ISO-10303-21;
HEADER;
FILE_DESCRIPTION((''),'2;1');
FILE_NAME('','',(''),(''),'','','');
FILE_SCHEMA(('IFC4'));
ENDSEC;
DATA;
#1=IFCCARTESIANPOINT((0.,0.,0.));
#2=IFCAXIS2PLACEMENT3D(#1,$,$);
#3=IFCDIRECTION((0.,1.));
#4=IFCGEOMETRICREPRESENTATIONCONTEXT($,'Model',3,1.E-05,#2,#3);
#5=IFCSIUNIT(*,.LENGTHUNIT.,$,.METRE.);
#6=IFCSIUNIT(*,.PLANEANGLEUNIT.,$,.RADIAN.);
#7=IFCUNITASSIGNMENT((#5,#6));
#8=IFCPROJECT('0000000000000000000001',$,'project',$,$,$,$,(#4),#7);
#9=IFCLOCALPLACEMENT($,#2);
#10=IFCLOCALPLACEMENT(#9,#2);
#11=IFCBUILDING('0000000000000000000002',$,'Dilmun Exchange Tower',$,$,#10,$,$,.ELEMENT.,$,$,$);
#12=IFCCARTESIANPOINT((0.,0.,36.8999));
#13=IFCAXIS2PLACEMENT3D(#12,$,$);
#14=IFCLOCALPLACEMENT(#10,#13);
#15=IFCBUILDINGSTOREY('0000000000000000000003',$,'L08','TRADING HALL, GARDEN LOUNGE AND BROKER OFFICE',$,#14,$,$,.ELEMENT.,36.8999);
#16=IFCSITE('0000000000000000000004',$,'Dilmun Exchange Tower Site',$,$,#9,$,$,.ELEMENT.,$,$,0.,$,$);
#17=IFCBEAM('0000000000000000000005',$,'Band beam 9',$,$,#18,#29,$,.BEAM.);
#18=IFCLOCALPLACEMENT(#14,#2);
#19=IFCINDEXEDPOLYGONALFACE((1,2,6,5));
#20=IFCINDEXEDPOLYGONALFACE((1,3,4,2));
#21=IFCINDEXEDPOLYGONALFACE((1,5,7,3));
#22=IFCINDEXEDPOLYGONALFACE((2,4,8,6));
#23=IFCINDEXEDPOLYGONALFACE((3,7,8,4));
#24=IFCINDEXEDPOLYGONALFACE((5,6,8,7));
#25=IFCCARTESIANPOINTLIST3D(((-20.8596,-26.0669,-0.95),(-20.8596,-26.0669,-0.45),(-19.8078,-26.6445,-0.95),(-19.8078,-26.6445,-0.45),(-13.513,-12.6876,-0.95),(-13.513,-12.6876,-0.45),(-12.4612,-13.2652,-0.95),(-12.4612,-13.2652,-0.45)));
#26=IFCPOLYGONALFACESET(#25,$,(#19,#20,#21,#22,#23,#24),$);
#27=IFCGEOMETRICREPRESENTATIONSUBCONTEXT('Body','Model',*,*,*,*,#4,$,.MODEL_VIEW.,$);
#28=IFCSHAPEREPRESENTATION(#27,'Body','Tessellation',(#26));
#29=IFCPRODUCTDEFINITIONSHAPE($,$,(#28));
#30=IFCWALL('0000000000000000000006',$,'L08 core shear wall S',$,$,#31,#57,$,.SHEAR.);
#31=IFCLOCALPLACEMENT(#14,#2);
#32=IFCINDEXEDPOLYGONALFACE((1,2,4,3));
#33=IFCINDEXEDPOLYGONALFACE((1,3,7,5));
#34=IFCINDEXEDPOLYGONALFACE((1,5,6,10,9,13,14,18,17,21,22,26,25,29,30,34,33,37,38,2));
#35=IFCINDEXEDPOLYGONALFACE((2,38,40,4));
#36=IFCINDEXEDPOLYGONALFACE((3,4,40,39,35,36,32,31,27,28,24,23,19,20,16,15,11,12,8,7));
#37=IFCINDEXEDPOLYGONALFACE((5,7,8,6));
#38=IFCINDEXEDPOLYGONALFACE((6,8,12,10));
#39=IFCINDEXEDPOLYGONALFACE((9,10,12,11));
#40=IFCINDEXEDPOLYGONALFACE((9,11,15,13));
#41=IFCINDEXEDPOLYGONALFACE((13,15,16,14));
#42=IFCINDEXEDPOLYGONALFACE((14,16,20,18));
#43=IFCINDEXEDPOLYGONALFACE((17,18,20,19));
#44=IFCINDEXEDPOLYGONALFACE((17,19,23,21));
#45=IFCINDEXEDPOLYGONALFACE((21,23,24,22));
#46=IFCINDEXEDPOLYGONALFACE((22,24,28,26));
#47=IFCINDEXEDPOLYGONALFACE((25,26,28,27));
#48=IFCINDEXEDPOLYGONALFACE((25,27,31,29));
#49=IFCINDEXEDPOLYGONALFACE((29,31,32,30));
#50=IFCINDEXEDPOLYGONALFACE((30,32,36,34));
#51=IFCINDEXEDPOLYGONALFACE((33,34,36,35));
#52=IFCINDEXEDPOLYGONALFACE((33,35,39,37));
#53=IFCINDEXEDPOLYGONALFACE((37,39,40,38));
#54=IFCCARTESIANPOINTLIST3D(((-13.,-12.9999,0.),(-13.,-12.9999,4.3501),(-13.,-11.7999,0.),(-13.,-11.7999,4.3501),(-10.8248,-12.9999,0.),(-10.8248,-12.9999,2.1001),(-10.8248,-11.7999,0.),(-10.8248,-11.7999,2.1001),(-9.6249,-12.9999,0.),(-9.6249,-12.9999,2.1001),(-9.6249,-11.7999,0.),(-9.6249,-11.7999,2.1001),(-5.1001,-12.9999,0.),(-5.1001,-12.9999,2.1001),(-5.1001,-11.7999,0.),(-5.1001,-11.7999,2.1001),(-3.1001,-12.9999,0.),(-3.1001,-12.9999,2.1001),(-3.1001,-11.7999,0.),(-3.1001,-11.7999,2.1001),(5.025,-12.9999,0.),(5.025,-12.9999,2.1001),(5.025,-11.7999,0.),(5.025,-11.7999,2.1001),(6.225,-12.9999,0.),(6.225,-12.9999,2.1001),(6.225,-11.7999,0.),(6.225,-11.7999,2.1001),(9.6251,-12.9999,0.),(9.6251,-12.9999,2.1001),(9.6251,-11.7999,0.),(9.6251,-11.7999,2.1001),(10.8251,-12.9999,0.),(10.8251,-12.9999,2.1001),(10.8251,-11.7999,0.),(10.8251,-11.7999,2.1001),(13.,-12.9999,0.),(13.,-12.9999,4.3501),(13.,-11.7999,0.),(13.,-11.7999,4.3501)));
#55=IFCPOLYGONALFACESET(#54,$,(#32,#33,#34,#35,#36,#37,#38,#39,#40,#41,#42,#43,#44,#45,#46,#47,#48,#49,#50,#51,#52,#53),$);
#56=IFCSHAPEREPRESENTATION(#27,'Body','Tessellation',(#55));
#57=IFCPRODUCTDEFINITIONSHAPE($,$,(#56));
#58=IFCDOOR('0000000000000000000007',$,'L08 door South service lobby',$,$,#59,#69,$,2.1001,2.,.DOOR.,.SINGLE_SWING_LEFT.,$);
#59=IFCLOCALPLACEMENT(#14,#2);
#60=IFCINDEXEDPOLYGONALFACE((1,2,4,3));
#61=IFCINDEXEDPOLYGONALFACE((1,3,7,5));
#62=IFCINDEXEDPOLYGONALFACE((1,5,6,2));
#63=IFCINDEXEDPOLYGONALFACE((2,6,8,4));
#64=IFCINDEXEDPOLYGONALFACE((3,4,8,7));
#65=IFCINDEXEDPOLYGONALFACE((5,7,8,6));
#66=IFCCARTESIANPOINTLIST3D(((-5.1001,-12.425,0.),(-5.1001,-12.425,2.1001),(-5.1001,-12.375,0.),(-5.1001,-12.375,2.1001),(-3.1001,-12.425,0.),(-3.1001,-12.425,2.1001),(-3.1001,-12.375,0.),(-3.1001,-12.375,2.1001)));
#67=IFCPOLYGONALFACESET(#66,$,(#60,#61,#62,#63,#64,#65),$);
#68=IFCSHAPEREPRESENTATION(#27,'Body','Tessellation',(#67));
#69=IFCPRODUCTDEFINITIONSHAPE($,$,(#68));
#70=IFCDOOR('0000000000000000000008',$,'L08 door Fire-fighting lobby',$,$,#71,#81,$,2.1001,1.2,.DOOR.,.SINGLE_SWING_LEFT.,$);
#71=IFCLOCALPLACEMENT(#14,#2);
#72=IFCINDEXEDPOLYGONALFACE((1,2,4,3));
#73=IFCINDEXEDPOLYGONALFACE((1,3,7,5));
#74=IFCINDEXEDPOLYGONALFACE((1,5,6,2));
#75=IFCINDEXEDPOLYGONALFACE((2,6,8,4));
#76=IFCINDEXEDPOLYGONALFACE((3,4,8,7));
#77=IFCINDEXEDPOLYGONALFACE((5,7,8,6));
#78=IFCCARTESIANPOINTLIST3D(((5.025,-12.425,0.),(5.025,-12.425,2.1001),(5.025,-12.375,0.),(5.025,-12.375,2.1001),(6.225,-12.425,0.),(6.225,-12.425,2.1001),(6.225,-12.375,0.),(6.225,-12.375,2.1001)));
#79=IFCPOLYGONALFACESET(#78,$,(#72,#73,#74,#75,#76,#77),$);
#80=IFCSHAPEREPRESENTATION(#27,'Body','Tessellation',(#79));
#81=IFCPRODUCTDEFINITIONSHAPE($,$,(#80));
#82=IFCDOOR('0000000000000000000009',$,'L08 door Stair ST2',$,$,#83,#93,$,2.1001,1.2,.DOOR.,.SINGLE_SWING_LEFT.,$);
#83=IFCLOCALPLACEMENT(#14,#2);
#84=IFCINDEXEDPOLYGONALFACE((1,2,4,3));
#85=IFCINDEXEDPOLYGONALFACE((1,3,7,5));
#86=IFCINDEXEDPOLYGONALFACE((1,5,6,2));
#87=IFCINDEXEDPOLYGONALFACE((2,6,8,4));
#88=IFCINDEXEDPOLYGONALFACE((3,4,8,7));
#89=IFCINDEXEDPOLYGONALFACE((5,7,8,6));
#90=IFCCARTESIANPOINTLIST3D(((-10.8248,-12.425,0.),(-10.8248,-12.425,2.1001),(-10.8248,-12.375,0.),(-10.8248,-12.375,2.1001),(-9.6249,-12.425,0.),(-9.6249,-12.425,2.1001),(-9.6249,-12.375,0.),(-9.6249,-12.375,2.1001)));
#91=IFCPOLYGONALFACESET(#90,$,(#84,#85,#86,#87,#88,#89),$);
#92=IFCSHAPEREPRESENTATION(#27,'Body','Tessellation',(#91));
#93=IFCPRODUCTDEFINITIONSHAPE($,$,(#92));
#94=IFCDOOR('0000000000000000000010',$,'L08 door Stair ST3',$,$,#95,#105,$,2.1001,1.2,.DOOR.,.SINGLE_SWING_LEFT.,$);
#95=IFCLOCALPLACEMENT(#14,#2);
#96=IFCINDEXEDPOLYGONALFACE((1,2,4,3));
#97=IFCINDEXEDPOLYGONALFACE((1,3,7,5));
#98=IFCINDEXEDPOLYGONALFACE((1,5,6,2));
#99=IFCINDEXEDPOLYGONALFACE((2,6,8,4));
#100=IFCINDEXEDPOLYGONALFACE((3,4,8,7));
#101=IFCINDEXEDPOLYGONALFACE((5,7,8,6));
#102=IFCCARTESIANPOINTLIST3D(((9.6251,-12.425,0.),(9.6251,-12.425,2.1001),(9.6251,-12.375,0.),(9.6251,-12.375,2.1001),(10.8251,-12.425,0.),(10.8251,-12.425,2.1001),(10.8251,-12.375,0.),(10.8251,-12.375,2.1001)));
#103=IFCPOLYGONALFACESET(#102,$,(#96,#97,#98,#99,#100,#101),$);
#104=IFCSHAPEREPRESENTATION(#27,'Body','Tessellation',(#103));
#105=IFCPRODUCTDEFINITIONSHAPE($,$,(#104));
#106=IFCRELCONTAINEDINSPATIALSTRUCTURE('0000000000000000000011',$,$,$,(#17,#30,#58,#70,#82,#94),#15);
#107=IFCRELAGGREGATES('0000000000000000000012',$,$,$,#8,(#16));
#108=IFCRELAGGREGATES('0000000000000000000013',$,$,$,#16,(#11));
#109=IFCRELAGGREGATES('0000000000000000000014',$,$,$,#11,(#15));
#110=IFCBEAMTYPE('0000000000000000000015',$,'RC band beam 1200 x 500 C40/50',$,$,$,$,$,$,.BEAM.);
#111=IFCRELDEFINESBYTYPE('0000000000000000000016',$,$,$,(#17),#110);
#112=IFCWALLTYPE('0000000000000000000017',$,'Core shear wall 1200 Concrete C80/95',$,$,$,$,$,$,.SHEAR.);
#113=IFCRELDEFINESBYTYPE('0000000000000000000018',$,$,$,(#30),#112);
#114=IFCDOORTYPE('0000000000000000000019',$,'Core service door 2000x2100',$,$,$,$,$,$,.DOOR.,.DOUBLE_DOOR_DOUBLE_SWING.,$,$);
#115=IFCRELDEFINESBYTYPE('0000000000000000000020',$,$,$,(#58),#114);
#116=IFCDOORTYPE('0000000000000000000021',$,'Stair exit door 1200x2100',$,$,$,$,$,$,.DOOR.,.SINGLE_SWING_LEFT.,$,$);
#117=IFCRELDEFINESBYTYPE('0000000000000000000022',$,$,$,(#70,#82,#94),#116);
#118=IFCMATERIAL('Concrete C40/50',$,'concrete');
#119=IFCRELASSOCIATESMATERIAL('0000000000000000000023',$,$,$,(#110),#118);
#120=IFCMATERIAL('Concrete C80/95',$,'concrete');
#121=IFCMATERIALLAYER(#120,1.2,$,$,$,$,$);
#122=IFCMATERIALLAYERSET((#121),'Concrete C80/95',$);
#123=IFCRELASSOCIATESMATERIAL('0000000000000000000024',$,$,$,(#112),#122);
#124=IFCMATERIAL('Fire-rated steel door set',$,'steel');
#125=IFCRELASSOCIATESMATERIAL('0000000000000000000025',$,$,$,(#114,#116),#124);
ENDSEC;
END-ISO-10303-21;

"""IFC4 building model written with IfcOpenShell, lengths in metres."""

from ifc_helpers import new_model, si_unit, direction, frame, frame_2d, origin, origin_2d, place, context, subcontext, project, spatial, rectangle, extrude, material, layer, layer_set, material_profile, profile_set, type_object, element, fill, save


model = new_model("IFC4")

# Units and contexts
model_context = context("Model", 3, precision=1e-05, world=origin(), true_north=direction((0.0, 1.0)))
body_context = subcontext(model_context, "Body", "Model", "MODEL_VIEW")
ifc_project = project(units=[si_unit("LENGTHUNIT", "METRE"), si_unit("PLANEANGLEUNIT", "RADIAN")], contexts=[model_context])

# Site, building, storey
site_placement = place(None, origin())
site = spatial("IfcSite", under=ifc_project, at=site_placement, Name="Dilmun Exchange Tower Site", CompositionType="ELEMENT", RefElevation=0.0)
building_placement = place(site_placement, origin())
building = spatial("IfcBuilding", under=site, at=building_placement, Name="Dilmun Exchange Tower", CompositionType="ELEMENT")
storey_placement = place(building_placement, frame((0.0, 0.0, 36.8999)))
storey = spatial("IfcBuildingStorey", under=building, at=storey_placement, Name="L08", Description="TRADING HALL, GARDEN LOUNGE AND BROKER OFFICE", CompositionType="ELEMENT", Elevation=36.8999)

# Beam
ifc_material_1 = material(Name="Concrete C40/50", Category="concrete")
ifc_material_profile = material_profile(ifc_material_1, rectangle(XDim=1.2, YDim=0.5, at=origin_2d()), Name="1200 x 500")
ifc_profile_set = profile_set([ifc_material_profile], Name="Concrete C40/50")
beam_type = type_object("IfcBeamType", Name="RC band beam 1200 x 500 C40/50", PredefinedType="BEAM", material=ifc_profile_set)
beam_placement = place(storey_placement, frame((-20.3337, -26.3557, -0.7), z_axis=(0.481316, 0.876547, 0.0), x_axis=(-0.876547, 0.481316, 0.0)))
element("IfcBeam", 1, at=beam_placement, inside=storey, type_object=beam_type, Name="Band beam 9", PredefinedType="BEAM", context=body_context, shape_type="SweptSolid", body=[
    extrude(rectangle(XDim=1.2, YDim=0.5, at=origin_2d()), origin(), (0.0, 0.0, 1.0), 15.2637),
])

# Wall, openings, doors
ifc_material_2 = material(Name="Concrete C80/95", Category="concrete")
ifc_layer_1 = layer(ifc_material_2, 1.2)
ifc_layer_set_1 = layer_set([ifc_layer_1], Name="Concrete C80/95")
wall_type_1 = type_object("IfcWallType", Name="Core shear wall 1200 Concrete C80/95", PredefinedType="SHEAR", material=ifc_layer_set_1)
wall_1_placement = place(storey_placement, frame((-13.0, -12.3999, 0.0), z_axis=(0.0, 0.0, 1.0), x_axis=(1.0, 0.0, 0.0)))
wall_1 = element("IfcWall", 2, at=wall_1_placement, inside=storey, type_object=wall_type_1, Name="L08 core shear wall S", PredefinedType="SHEAR", context=body_context, shape_type="SweptSolid", body=[
    extrude(rectangle(XDim=26.0, YDim=1.2, at=frame_2d((13.0, 0.0))), origin(), (0.0, 0.0, 1.0), 4.3501),
])
opening_1_placement = place(wall_1_placement, frame((7.8999, 0.0, 0.0)))
opening_1 = element("IfcOpeningElement", 3, at=opening_1_placement, cuts=wall_1, PredefinedType="OPENING", context=body_context, shape_type="SweptSolid", body=[
    extrude(rectangle(XDim=2.0, YDim=2.1001, at=frame_2d((1.0, 1.05))), frame((0.0, 0.6099, 0.0), z_axis=(0.0, -1.0, 0.0), x_axis=(1.0, 0.0, 0.0)), (0.0, 0.0, 1.0), 1.22),
])
opening_2_placement = place(wall_1_placement, frame((18.0249, 0.0, 0.0)))
opening_2 = element("IfcOpeningElement", 4, at=opening_2_placement, cuts=wall_1, PredefinedType="OPENING", context=body_context, shape_type="SweptSolid", body=[
    extrude(rectangle(XDim=1.2, YDim=2.1001, at=frame_2d((0.6001, 1.05))), frame((0.0, 0.6099, 0.0), z_axis=(0.0, -1.0, 0.0), x_axis=(1.0, 0.0, 0.0)), (0.0, 0.0, 1.0), 1.22),
])
opening_3_placement = place(wall_1_placement, frame((2.175, 0.0, 0.0)))
opening_3 = element("IfcOpeningElement", 5, at=opening_3_placement, cuts=wall_1, PredefinedType="OPENING", context=body_context, shape_type="SweptSolid", body=[
    extrude(rectangle(XDim=1.2, YDim=2.1001, at=frame_2d((0.6001, 1.05))), frame((0.0, 0.6099, 0.0), z_axis=(0.0, -1.0, 0.0), x_axis=(1.0, 0.0, 0.0)), (0.0, 0.0, 1.0), 1.22),
])
opening_4_placement = place(wall_1_placement, frame((22.625, 0.0, 0.0)))
opening_4 = element("IfcOpeningElement", 6, at=opening_4_placement, cuts=wall_1, PredefinedType="OPENING", context=body_context, shape_type="SweptSolid", body=[
    extrude(rectangle(XDim=1.2, YDim=2.1001, at=frame_2d((0.6001, 1.05))), frame((0.0, 0.6099, 0.0), z_axis=(0.0, -1.0, 0.0), x_axis=(1.0, 0.0, 0.0)), (0.0, 0.0, 1.0), 1.22),
])
ifc_material_3 = material(Name="Fire-rated steel door set", Category="steel")
door_type_1 = type_object("IfcDoorType", Name="Core service door 2000x2100", OperationType="DOUBLE_DOOR_DOUBLE_SWING", PredefinedType="DOOR", material=ifc_material_3)
door_1_placement = place(opening_1_placement, origin())
door_1 = element("IfcDoor", 7, at=door_1_placement, inside=storey, type_object=door_type_1, Name="L08 door South service lobby", OperationType="SINGLE_SWING_LEFT", OverallHeight=2.1001, OverallWidth=2.0, PredefinedType="DOOR", context=body_context, shape_type="SweptSolid", body=[
    extrude(rectangle(XDim=2.0, YDim=2.1001, at=frame_2d((1.0, 1.05))), frame((0.0, 0.0249, 0.0), z_axis=(0.0, -1.0, 0.0), x_axis=(1.0, 0.0, 0.0)), (0.0, 0.0, 1.0), 0.05),
])
fill(opening_1, door_1)
door_type_2 = type_object("IfcDoorType", Name="Stair exit door 1200x2100", OperationType="SINGLE_SWING_LEFT", PredefinedType="DOOR", material=ifc_material_3)
door_2_placement = place(opening_2_placement, origin())
door_2 = element("IfcDoor", 8, at=door_2_placement, inside=storey, type_object=door_type_2, Name="L08 door Fire-fighting lobby", OperationType="SINGLE_SWING_LEFT", OverallHeight=2.1001, OverallWidth=1.2, PredefinedType="DOOR", context=body_context, shape_type="SweptSolid", body=[
    extrude(rectangle(XDim=1.2, YDim=2.1001, at=frame_2d((0.6001, 1.05))), frame((0.0, 0.0249, 0.0), z_axis=(0.0, -1.0, 0.0), x_axis=(1.0, 0.0, 0.0)), (0.0, 0.0, 1.0), 0.05),
])
fill(opening_2, door_2)
door_3_placement = place(opening_3_placement, origin())
door_3 = element("IfcDoor", 9, at=door_3_placement, inside=storey, type_object=door_type_2, Name="L08 door Stair ST2", OperationType="SINGLE_SWING_LEFT", OverallHeight=2.1001, OverallWidth=1.2, PredefinedType="DOOR", context=body_context, shape_type="SweptSolid", body=[
    extrude(rectangle(XDim=1.2, YDim=2.1001, at=frame_2d((0.6001, 1.05))), frame((0.0, 0.0249, 0.0), z_axis=(0.0, -1.0, 0.0), x_axis=(1.0, 0.0, 0.0)), (0.0, 0.0, 1.0), 0.05),
])
fill(opening_3, door_3)
door_4_placement = place(opening_4_placement, origin())
door_4 = element("IfcDoor", 10, at=door_4_placement, inside=storey, type_object=door_type_2, Name="L08 door Stair ST3", OperationType="SINGLE_SWING_LEFT", OverallHeight=2.1001, OverallWidth=1.2, PredefinedType="DOOR", context=body_context, shape_type="SweptSolid", body=[
    extrude(rectangle(XDim=1.2, YDim=2.1001, at=frame_2d((0.6001, 1.05))), frame((0.0, 0.0249, 0.0), z_axis=(0.0, -1.0, 0.0), x_axis=(1.0, 0.0, 0.0)), (0.0, 0.0, 1.0), 0.05),
])
fill(opening_4, door_4)

save(model, "model.ifc")
